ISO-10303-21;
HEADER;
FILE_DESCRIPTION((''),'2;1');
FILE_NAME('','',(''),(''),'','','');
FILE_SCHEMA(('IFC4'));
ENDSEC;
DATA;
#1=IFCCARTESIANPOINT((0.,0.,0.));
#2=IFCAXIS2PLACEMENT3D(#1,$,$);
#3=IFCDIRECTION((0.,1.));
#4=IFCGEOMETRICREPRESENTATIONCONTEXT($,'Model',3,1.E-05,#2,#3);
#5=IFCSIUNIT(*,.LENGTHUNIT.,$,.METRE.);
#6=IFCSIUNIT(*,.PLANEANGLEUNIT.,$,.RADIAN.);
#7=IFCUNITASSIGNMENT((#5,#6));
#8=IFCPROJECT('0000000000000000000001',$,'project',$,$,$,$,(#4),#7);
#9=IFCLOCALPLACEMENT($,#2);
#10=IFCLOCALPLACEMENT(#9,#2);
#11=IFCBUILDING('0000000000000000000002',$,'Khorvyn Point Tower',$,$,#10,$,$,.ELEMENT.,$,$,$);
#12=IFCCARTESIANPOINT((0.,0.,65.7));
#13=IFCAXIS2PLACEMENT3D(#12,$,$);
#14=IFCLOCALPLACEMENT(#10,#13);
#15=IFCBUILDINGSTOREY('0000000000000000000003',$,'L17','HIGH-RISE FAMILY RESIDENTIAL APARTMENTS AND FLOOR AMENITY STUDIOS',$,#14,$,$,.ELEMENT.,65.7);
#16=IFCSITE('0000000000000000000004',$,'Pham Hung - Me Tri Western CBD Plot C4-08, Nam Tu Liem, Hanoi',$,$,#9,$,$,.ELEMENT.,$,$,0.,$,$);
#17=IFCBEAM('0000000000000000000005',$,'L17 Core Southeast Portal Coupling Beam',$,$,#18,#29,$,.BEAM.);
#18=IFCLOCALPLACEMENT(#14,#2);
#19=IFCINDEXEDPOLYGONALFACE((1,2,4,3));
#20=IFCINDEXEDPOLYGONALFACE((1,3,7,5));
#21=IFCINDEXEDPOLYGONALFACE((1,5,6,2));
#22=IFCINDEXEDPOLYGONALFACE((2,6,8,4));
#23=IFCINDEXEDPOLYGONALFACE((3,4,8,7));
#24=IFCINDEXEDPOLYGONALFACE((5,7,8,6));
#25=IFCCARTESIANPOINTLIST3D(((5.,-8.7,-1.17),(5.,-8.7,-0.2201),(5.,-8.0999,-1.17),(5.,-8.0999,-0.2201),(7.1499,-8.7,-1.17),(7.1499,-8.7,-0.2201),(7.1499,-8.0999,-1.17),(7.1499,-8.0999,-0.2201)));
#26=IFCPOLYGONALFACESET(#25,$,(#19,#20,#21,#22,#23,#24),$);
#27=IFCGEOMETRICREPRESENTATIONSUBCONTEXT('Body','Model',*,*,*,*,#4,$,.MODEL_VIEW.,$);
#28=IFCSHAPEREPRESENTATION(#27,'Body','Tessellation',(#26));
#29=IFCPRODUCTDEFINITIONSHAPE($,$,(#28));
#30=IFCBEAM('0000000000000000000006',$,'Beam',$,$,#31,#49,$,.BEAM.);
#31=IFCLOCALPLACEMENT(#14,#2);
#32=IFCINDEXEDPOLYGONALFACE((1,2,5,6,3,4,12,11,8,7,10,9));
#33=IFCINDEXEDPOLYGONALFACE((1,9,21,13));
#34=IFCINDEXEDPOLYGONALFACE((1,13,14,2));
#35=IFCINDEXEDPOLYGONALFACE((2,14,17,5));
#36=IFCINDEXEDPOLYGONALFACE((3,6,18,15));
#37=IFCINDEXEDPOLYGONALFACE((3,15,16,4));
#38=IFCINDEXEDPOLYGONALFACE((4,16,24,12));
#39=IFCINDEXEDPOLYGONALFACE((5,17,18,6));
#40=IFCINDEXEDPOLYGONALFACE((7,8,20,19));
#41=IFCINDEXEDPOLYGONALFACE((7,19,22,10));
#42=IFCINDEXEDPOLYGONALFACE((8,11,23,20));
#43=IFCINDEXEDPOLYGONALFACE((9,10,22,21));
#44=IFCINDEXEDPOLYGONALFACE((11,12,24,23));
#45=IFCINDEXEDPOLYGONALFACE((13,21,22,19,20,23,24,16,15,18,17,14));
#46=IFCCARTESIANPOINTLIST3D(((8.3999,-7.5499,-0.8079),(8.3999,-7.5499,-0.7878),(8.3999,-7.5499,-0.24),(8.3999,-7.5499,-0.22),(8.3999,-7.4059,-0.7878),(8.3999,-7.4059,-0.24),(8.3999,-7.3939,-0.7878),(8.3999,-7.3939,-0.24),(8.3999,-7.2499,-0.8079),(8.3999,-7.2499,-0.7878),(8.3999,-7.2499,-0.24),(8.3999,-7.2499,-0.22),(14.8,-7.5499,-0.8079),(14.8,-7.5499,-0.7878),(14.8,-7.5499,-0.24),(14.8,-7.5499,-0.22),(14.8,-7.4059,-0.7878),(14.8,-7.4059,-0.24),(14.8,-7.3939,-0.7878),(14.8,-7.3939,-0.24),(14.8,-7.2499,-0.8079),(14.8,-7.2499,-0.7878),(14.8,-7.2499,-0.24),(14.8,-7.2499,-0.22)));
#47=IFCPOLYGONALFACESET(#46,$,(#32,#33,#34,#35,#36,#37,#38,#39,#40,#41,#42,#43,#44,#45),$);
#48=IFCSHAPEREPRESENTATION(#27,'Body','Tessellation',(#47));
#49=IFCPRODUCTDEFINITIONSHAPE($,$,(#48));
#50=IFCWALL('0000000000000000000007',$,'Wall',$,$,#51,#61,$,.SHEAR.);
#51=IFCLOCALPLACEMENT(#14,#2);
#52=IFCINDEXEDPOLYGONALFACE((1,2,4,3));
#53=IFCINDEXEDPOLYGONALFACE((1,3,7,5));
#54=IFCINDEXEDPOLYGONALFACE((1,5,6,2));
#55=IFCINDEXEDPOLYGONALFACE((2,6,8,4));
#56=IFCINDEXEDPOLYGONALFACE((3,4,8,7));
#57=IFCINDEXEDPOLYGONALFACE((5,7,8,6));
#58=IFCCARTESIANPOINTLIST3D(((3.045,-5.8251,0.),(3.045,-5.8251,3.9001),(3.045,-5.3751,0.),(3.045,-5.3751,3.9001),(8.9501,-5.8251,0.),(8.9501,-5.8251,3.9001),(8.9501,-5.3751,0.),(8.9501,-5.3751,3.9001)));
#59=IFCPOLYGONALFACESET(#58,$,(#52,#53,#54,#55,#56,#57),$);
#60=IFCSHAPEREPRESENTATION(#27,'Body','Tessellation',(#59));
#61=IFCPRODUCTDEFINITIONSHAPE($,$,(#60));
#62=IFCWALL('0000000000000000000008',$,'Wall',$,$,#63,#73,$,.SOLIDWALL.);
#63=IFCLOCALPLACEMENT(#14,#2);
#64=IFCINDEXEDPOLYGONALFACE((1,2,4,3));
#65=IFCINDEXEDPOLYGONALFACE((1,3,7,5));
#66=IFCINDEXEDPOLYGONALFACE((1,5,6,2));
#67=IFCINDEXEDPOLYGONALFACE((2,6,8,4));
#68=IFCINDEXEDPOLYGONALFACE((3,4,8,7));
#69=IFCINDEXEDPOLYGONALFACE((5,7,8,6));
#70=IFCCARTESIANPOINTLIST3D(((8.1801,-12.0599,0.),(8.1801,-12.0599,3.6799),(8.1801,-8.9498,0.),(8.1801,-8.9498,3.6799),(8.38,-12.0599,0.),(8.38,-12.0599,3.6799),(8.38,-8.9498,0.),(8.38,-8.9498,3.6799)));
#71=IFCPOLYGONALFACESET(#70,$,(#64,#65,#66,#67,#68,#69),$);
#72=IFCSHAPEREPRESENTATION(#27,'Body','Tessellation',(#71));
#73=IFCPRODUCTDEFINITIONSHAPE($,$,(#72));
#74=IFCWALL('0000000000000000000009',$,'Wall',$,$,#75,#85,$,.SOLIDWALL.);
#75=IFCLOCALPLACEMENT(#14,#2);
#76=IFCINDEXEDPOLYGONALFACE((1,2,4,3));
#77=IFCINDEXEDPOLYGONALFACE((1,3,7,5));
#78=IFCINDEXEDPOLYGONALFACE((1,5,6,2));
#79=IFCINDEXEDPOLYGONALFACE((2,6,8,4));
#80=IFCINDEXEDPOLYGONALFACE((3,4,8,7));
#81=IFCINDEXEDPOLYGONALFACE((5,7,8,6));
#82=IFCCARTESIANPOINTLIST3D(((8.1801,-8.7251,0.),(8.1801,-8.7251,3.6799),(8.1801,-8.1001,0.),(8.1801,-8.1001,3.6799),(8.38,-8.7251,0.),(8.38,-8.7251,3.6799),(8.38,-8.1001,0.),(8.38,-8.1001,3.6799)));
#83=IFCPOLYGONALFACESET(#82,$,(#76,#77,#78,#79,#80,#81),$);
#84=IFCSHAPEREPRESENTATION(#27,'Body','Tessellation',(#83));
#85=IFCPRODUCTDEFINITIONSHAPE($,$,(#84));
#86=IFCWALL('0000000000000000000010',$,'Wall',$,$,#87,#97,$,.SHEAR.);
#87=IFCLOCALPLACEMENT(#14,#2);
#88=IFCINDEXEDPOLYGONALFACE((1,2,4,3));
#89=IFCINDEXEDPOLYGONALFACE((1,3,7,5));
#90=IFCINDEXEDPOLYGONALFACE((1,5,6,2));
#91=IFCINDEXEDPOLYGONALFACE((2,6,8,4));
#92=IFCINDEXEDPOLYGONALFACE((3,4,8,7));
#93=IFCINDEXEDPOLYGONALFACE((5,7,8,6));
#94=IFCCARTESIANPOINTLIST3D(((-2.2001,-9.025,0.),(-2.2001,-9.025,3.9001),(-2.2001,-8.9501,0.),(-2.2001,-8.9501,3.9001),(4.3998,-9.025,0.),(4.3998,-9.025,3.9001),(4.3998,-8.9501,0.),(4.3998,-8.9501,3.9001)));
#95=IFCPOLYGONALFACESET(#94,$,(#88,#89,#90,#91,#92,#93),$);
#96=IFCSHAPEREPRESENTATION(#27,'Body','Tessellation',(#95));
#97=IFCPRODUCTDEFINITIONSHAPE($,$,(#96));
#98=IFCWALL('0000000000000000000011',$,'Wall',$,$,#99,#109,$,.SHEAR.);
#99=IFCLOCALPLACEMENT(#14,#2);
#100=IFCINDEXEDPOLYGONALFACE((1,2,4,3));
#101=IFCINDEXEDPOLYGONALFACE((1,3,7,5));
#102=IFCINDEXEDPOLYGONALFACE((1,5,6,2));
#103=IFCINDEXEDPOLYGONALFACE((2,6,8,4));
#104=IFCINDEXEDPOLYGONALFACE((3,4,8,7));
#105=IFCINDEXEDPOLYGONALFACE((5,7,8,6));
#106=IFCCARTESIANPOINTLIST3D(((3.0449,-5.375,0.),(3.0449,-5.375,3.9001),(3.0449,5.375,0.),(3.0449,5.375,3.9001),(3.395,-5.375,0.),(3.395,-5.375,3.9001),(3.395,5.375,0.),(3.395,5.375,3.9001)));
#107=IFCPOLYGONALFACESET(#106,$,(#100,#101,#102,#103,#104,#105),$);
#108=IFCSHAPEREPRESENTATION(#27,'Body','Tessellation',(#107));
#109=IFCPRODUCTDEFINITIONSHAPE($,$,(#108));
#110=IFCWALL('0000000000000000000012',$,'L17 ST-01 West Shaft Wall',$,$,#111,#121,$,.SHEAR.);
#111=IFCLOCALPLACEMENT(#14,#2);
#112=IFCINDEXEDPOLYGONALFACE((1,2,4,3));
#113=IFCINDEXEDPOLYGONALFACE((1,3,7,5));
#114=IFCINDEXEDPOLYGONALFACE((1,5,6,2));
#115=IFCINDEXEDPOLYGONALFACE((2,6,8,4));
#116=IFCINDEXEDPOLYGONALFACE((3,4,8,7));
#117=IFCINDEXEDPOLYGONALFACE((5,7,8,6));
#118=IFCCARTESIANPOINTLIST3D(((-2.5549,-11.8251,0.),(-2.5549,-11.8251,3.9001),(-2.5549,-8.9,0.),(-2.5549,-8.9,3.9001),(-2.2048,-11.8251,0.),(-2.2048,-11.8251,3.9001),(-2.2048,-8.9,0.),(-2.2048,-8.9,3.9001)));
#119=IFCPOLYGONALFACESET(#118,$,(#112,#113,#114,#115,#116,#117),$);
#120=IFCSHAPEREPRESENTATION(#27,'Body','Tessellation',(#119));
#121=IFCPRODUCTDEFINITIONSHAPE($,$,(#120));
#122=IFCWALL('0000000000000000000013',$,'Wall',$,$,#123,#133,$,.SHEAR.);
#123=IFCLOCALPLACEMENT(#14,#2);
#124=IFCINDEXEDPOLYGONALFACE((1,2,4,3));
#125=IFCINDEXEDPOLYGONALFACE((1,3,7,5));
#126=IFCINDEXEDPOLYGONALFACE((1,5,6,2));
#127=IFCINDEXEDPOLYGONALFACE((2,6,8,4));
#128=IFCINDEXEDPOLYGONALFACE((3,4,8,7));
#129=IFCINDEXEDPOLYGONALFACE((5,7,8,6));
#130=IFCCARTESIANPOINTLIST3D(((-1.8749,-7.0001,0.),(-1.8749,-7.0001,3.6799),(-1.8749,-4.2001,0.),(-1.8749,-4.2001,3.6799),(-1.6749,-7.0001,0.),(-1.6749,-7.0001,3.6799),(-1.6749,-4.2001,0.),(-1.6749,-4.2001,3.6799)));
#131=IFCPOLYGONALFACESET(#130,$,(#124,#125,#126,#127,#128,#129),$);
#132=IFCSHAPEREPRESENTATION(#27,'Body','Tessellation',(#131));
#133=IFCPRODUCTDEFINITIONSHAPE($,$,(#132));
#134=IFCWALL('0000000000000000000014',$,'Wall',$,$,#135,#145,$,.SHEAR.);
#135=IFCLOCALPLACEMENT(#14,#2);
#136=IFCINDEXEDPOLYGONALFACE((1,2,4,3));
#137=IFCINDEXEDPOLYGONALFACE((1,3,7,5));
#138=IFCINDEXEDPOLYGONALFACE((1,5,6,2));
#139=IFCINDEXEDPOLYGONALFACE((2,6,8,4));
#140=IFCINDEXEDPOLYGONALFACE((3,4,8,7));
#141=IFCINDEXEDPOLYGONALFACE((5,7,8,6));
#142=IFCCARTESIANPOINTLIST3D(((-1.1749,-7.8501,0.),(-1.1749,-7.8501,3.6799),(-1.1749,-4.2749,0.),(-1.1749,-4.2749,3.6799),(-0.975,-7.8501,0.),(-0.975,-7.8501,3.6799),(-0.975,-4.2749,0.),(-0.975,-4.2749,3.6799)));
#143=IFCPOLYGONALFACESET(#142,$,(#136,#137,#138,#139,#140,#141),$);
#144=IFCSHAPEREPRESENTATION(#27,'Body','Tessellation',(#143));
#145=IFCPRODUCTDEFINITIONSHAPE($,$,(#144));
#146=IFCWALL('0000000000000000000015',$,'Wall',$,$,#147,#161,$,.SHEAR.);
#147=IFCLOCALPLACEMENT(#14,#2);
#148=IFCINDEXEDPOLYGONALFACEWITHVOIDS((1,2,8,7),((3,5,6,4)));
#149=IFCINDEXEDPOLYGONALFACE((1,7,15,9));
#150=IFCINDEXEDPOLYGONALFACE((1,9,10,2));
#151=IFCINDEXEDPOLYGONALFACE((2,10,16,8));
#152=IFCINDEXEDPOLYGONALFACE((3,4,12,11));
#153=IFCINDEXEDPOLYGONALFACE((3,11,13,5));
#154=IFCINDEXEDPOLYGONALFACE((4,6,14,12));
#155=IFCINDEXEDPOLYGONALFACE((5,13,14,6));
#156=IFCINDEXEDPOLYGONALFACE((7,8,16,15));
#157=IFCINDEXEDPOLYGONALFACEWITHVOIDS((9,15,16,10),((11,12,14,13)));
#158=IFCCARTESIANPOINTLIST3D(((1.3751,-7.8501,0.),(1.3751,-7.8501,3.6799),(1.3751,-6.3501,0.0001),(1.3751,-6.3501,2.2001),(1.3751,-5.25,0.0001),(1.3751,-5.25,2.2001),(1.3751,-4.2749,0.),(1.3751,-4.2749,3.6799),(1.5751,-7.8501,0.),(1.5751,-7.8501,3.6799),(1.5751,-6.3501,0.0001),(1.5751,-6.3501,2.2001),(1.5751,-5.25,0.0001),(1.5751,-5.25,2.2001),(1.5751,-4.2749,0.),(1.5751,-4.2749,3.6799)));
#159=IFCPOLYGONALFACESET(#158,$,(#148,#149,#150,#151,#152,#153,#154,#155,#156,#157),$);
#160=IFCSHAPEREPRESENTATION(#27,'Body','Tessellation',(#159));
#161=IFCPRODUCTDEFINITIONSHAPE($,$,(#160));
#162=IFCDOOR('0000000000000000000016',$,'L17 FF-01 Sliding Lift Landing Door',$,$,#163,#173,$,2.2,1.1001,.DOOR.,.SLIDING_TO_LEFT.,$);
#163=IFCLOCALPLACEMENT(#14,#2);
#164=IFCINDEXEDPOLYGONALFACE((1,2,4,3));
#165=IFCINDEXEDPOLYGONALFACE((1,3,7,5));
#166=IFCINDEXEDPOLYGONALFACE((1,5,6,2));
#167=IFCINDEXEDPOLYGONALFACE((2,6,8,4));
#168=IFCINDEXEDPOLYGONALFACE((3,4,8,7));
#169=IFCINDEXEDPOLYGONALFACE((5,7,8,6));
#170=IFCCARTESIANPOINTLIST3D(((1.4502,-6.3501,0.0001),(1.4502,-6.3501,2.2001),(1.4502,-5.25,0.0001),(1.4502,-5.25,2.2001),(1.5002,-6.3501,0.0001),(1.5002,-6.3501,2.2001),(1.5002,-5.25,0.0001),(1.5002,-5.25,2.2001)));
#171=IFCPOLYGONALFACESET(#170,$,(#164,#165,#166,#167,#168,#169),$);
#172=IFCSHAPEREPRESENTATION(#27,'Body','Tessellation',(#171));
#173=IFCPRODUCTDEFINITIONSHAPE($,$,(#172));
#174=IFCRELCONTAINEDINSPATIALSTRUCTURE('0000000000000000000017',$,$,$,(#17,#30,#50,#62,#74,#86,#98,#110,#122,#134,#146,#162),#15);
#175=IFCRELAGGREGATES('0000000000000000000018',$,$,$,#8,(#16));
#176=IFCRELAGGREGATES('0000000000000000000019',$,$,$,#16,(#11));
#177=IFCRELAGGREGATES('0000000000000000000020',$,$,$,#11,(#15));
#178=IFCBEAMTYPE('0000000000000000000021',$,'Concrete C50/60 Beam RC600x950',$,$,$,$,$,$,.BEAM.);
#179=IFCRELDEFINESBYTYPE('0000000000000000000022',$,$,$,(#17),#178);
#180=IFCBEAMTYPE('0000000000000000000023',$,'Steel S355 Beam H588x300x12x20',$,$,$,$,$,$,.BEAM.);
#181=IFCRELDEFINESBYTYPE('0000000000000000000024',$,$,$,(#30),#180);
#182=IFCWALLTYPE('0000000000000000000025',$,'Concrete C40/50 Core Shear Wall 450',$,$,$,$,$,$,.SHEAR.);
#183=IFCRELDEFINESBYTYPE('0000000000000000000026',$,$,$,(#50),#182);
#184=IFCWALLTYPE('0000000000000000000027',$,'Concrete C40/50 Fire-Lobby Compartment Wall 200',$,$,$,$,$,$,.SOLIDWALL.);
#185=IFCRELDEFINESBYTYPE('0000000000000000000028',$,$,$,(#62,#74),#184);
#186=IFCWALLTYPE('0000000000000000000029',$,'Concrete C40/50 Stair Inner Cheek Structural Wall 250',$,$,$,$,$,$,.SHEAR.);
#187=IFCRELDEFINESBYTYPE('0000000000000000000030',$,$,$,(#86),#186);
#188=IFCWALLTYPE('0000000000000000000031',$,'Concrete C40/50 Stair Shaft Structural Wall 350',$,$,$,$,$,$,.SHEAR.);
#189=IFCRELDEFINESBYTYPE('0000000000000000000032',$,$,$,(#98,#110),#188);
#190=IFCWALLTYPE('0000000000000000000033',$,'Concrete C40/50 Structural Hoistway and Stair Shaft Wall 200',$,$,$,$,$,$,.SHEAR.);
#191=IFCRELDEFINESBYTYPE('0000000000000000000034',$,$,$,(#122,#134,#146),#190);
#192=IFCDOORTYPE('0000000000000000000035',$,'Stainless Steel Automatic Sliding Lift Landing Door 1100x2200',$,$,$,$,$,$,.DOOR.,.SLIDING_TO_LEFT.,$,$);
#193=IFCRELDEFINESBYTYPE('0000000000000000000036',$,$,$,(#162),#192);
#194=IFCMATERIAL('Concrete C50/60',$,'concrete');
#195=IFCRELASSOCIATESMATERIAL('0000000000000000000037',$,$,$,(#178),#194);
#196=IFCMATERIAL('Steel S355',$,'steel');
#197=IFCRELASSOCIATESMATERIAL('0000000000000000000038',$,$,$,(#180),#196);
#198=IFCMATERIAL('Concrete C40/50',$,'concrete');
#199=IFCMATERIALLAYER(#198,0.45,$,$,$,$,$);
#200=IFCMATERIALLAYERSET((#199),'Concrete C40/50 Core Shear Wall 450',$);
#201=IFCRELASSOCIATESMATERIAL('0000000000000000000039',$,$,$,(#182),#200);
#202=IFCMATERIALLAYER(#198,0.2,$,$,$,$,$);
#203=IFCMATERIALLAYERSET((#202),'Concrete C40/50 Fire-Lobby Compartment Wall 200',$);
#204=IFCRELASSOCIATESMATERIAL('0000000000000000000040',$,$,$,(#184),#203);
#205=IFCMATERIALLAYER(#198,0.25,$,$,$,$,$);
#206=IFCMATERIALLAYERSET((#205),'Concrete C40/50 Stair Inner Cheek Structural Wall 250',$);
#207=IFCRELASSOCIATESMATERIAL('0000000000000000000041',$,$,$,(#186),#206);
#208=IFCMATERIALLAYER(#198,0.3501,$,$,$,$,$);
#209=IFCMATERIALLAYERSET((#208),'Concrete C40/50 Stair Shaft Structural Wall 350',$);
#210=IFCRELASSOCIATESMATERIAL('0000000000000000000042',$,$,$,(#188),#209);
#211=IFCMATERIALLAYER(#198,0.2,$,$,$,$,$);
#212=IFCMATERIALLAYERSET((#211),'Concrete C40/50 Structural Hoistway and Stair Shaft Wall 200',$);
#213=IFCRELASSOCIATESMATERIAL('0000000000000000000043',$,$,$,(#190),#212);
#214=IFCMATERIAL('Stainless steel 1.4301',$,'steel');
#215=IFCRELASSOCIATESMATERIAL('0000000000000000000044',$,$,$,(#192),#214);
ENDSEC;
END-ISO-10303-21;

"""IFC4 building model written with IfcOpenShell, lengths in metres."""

from ifc_helpers import new_model, si_unit, direction, frame, frame_2d, origin, origin_2d, place, context, subcontext, project, spatial, rectangle, i_section, extrude, material, layer, layer_set, material_profile, profile_set, type_object, element, fill, save


model = new_model("IFC4")

# Units and contexts
model_context = context("Model", 3, precision=1e-05, world=origin(), true_north=direction((0.0, 1.0)))
body_context = subcontext(model_context, "Body", "Model", "MODEL_VIEW")
ifc_project = project(units=[si_unit("LENGTHUNIT", "METRE"), si_unit("PLANEANGLEUNIT", "RADIAN")], contexts=[model_context])

# Site, building, storey
site_placement = place(None, origin())
site = spatial("IfcSite", under=ifc_project, at=site_placement, Name="Pham Hung - Me Tri Western CBD Plot C4-08, Nam Tu Liem, Hanoi", CompositionType="ELEMENT", RefElevation=0.0)
building_placement = place(site_placement, origin())
building = spatial("IfcBuilding", under=site, at=building_placement, Name="Khorvyn Point Tower", CompositionType="ELEMENT")
storey_placement = place(building_placement, frame((0.0, 0.0, 65.7)))
storey = spatial("IfcBuildingStorey", under=building, at=storey_placement, Name="L17", Description="HIGH-RISE FAMILY RESIDENTIAL APARTMENTS AND FLOOR AMENITY STUDIOS", CompositionType="ELEMENT", Elevation=65.7)

# Beams
ifc_material_1 = material(Name="Concrete C50/60", Category="concrete")
ifc_material_profile_1 = material_profile(ifc_material_1, rectangle(XDim=0.6001, YDim=0.95, at=origin_2d()))
ifc_profile_set_1 = profile_set([ifc_material_profile_1], Name="Concrete C50/60 RC600x950")
beam_type_1 = type_object("IfcBeamType", Name="Concrete C50/60 Beam RC600x950", PredefinedType="BEAM", material=ifc_profile_set_1)
beam_1_placement = place(storey_placement, frame((5.0, -8.3999, -0.6951), z_axis=(1.0, 0.0, 0.0), x_axis=(0.0, 1.0, 0.0)))
element("IfcBeam", 1, at=beam_1_placement, inside=storey, type_object=beam_type_1, Name="L17 Core Southeast Portal Coupling Beam", PredefinedType="BEAM", context=body_context, shape_type="SweptSolid", body=[
    extrude(rectangle(XDim=0.6001, YDim=0.95, at=origin_2d()), origin(), (0.0, 0.0, 1.0), 2.1499),
])
ifc_material_2 = material(Name="Steel S355", Category="steel")
ifc_material_profile_2 = material_profile(ifc_material_2, i_section(OverallWidth=0.3, OverallDepth=0.5879, WebThickness=0.012, FlangeThickness=0.02, at=origin_2d()))
ifc_profile_set_2 = profile_set([ifc_material_profile_2], Name="Steel S355 H588x300x12x20")
beam_type_2 = type_object("IfcBeamType", Name="Steel S355 Beam H588x300x12x20", PredefinedType="BEAM", material=ifc_profile_set_2)
beam_2_placement = place(storey_placement, frame((8.3999, -7.3999, -0.5139), z_axis=(1.0, 0.0, 0.0), x_axis=(0.0, 1.0, 0.0)))
element("IfcBeam", 2, at=beam_2_placement, inside=storey, type_object=beam_type_2, Name="Beam", PredefinedType="BEAM", context=body_context, shape_type="SweptSolid", body=[
    extrude(i_section(OverallWidth=0.3, OverallDepth=0.5879, WebThickness=0.012, FlangeThickness=0.02, at=origin_2d()), origin(), (0.0, 0.0, 1.0), 6.4001),
])

# Wall
ifc_material_3 = material(Name="Concrete C40/50", Category="concrete")
ifc_layer_1 = layer(ifc_material_3, 0.45)
ifc_layer_set_1 = layer_set([ifc_layer_1], Name="Concrete C40/50 Core Shear Wall 450")
wall_type_1 = type_object("IfcWallType", Name="Concrete C40/50 Core Shear Wall 450", PredefinedType="SHEAR", material=ifc_layer_set_1)
wall_1_placement = place(storey_placement, frame((3.0449, -5.6001, 0.0), z_axis=(0.0, 0.0, 1.0), x_axis=(1.0, 0.0, 0.0)))
element("IfcWall", 3, at=wall_1_placement, inside=storey, type_object=wall_type_1, Name="Wall", PredefinedType="SHEAR", context=body_context, shape_type="SweptSolid", body=[
    extrude(rectangle(XDim=5.905, YDim=0.45, at=frame_2d((2.9526, 0.0))), origin(), (0.0, 0.0, 1.0), 3.9001),
])

# Shared definitions
ifc_layer_2 = layer(ifc_material_3, 0.2)
ifc_layer_set_2 = layer_set([ifc_layer_2], Name="Concrete C40/50 Fire-Lobby Compartment Wall 200")
wall_type_2 = type_object("IfcWallType", Name="Concrete C40/50 Fire-Lobby Compartment Wall 200", PredefinedType="SOLIDWALL", material=ifc_layer_set_2)

# Walls
wall_2_placement = place(storey_placement, frame((8.28, -12.0601, 0.0), z_axis=(0.0, 0.0, 1.0), x_axis=(0.0, 1.0, 0.0)))
element("IfcWall", 4, at=wall_2_placement, inside=storey, type_object=wall_type_2, Name="Wall", PredefinedType="SOLIDWALL", context=body_context, shape_type="SweptSolid", body=[
    extrude(rectangle(XDim=3.1101, YDim=0.2, at=frame_2d((1.5552, 0.0))), origin(), (0.0, 0.0, 1.0), 3.6799),
])
wall_3_placement = place(storey_placement, frame((8.28, -8.7251, 0.0), z_axis=(0.0, 0.0, 1.0), x_axis=(0.0, 1.0, 0.0)))
element("IfcWall", 5, at=wall_3_placement, inside=storey, type_object=wall_type_2, Name="Wall", PredefinedType="SOLIDWALL", context=body_context, shape_type="SweptSolid", body=[
    extrude(rectangle(XDim=0.625, YDim=0.2, at=frame_2d((0.3125, 0.0))), origin(), (0.0, 0.0, 1.0), 3.6799),
])
ifc_layer_3 = layer(ifc_material_3, 0.25)
ifc_layer_set_3 = layer_set([ifc_layer_3], Name="Concrete C40/50 Stair Inner Cheek Structural Wall 250")
wall_type_3 = type_object("IfcWallType", Name="Concrete C40/50 Stair Inner Cheek Structural Wall 250", PredefinedType="SHEAR", material=ifc_layer_set_3)
wall_4_placement = place(storey_placement, frame((-2.2, -8.9875, 0.0), z_axis=(0.0, 0.0, 1.0), x_axis=(1.0, 0.0, 0.0)))
element("IfcWall", 6, at=wall_4_placement, inside=storey, type_object=wall_type_3, Name="Wall", PredefinedType="SHEAR", context=body_context, shape_type="SweptSolid", body=[
    extrude(rectangle(XDim=6.5999, YDim=0.075, at=frame_2d((3.2998, 0.0))), origin(), (0.0, 0.0, 1.0), 3.9001),
])
ifc_layer_4 = layer(ifc_material_3, 0.3501)
ifc_layer_set_4 = layer_set([ifc_layer_4], Name="Concrete C40/50 Stair Shaft Structural Wall 350")
wall_type_4 = type_object("IfcWallType", Name="Concrete C40/50 Stair Shaft Structural Wall 350", PredefinedType="SHEAR", material=ifc_layer_set_4)
wall_5_placement = place(storey_placement, frame((3.22, -5.375, 0.0), z_axis=(0.0, 0.0, 1.0), x_axis=(0.0, 1.0, 0.0)))
element("IfcWall", 7, at=wall_5_placement, inside=storey, type_object=wall_type_4, Name="Wall", PredefinedType="SHEAR", context=body_context, shape_type="SweptSolid", body=[
    extrude(rectangle(XDim=10.75, YDim=0.3501, at=frame_2d((5.375, 0.0))), origin(), (0.0, 0.0, 1.0), 3.9001),
])
wall_6_placement = place(storey_placement, frame((-2.3799, -11.825, 0.0), z_axis=(0.0, 0.0, 1.0), x_axis=(0.0, 1.0, 0.0)))
element("IfcWall", 8, at=wall_6_placement, inside=storey, type_object=wall_type_4, Name="L17 ST-01 West Shaft Wall", PredefinedType="SHEAR", context=body_context, shape_type="SweptSolid", body=[
    extrude(rectangle(XDim=2.925, YDim=0.3501, at=frame_2d((1.4624, 0.0))), origin(), (0.0, 0.0, 1.0), 3.9001),
])

# Walls
ifc_layer_5 = layer(ifc_material_3, 0.2)
ifc_layer_set_5 = layer_set([ifc_layer_5], Name="Concrete C40/50 Structural Hoistway and Stair Shaft Wall 200")
wall_type_5 = type_object("IfcWallType", Name="Concrete C40/50 Structural Hoistway and Stair Shaft Wall 200", PredefinedType="SHEAR", material=ifc_layer_set_5)
wall_7_placement = place(storey_placement, frame((-1.7749, -7.0, 0.0), z_axis=(0.0, 0.0, 1.0), x_axis=(0.0, 1.0, 0.0)))
element("IfcWall", 9, at=wall_7_placement, inside=storey, type_object=wall_type_5, Name="Wall", PredefinedType="SHEAR", context=body_context, shape_type="SweptSolid", body=[
    extrude(rectangle(XDim=2.8, YDim=0.2, at=frame_2d((1.3999, 0.0))), origin(), (0.0, 0.0, 1.0), 3.6799),
])
wall_8_placement = place(storey_placement, frame((-1.075, -7.8501, 0.0), z_axis=(0.0, 0.0, 1.0), x_axis=(0.0, 1.0, 0.0)))
element("IfcWall", 10, at=wall_8_placement, inside=storey, type_object=wall_type_5, Name="Wall", PredefinedType="SHEAR", context=body_context, shape_type="SweptSolid", body=[
    extrude(rectangle(XDim=3.5752, YDim=0.2, at=frame_2d((1.7876, 0.0))), origin(), (0.0, 0.0, 1.0), 3.6799),
])

# Wall, opening, door
wall_9_placement = place(storey_placement, frame((1.4751, -7.8501, 0.0), z_axis=(0.0, 0.0, 1.0), x_axis=(0.0, 1.0, 0.0)))
wall_9 = element("IfcWall", 11, at=wall_9_placement, inside=storey, type_object=wall_type_5, Name="Wall", PredefinedType="SHEAR", context=body_context, shape_type="SweptSolid", body=[
    extrude(rectangle(XDim=3.5752, YDim=0.2, at=frame_2d((1.7876, 0.0))), origin(), (0.0, 0.0, 1.0), 3.6799),
])
opening_1_placement = place(wall_9_placement, frame((1.5, 0.0, 0.0)))
opening_1 = element("IfcOpeningElement", 12, at=opening_1_placement, cuts=wall_9, PredefinedType="OPENING", context=body_context, shape_type="SweptSolid", body=[
    extrude(rectangle(XDim=1.1001, YDim=2.2, at=frame_2d((0.55, 1.1001))), frame((0.0, 0.1099, 0.0), z_axis=(0.0, -1.0, 0.0), x_axis=(1.0, 0.0, 0.0)), (0.0, 0.0, 1.0), 0.22),
])
ifc_material_4 = material(Name="Stainless steel 1.4301", Category="steel")
door_type_1 = type_object("IfcDoorType", Name="Stainless Steel Automatic Sliding Lift Landing Door 1100x2200", OperationType="SLIDING_TO_LEFT", PredefinedType="DOOR", material=ifc_material_4)
door_1_placement = place(opening_1_placement, origin())
door_1 = element("IfcDoor", 13, at=door_1_placement, inside=storey, type_object=door_type_1, Name="L17 FF-01 Sliding Lift Landing Door", OperationType="SLIDING_TO_LEFT", OverallHeight=2.2, OverallWidth=1.1001, PredefinedType="DOOR", context=body_context, shape_type="SweptSolid", body=[
    extrude(rectangle(XDim=1.1001, YDim=2.2, at=frame_2d((0.55, 1.1001))), frame((0.0, 0.0249, 0.0), z_axis=(0.0, -1.0, 0.0), x_axis=(1.0, 0.0, 0.0)), (0.0, 0.0, 1.0), 0.05),
])
fill(opening_1, door_1)

save(model, "model.ifc")
